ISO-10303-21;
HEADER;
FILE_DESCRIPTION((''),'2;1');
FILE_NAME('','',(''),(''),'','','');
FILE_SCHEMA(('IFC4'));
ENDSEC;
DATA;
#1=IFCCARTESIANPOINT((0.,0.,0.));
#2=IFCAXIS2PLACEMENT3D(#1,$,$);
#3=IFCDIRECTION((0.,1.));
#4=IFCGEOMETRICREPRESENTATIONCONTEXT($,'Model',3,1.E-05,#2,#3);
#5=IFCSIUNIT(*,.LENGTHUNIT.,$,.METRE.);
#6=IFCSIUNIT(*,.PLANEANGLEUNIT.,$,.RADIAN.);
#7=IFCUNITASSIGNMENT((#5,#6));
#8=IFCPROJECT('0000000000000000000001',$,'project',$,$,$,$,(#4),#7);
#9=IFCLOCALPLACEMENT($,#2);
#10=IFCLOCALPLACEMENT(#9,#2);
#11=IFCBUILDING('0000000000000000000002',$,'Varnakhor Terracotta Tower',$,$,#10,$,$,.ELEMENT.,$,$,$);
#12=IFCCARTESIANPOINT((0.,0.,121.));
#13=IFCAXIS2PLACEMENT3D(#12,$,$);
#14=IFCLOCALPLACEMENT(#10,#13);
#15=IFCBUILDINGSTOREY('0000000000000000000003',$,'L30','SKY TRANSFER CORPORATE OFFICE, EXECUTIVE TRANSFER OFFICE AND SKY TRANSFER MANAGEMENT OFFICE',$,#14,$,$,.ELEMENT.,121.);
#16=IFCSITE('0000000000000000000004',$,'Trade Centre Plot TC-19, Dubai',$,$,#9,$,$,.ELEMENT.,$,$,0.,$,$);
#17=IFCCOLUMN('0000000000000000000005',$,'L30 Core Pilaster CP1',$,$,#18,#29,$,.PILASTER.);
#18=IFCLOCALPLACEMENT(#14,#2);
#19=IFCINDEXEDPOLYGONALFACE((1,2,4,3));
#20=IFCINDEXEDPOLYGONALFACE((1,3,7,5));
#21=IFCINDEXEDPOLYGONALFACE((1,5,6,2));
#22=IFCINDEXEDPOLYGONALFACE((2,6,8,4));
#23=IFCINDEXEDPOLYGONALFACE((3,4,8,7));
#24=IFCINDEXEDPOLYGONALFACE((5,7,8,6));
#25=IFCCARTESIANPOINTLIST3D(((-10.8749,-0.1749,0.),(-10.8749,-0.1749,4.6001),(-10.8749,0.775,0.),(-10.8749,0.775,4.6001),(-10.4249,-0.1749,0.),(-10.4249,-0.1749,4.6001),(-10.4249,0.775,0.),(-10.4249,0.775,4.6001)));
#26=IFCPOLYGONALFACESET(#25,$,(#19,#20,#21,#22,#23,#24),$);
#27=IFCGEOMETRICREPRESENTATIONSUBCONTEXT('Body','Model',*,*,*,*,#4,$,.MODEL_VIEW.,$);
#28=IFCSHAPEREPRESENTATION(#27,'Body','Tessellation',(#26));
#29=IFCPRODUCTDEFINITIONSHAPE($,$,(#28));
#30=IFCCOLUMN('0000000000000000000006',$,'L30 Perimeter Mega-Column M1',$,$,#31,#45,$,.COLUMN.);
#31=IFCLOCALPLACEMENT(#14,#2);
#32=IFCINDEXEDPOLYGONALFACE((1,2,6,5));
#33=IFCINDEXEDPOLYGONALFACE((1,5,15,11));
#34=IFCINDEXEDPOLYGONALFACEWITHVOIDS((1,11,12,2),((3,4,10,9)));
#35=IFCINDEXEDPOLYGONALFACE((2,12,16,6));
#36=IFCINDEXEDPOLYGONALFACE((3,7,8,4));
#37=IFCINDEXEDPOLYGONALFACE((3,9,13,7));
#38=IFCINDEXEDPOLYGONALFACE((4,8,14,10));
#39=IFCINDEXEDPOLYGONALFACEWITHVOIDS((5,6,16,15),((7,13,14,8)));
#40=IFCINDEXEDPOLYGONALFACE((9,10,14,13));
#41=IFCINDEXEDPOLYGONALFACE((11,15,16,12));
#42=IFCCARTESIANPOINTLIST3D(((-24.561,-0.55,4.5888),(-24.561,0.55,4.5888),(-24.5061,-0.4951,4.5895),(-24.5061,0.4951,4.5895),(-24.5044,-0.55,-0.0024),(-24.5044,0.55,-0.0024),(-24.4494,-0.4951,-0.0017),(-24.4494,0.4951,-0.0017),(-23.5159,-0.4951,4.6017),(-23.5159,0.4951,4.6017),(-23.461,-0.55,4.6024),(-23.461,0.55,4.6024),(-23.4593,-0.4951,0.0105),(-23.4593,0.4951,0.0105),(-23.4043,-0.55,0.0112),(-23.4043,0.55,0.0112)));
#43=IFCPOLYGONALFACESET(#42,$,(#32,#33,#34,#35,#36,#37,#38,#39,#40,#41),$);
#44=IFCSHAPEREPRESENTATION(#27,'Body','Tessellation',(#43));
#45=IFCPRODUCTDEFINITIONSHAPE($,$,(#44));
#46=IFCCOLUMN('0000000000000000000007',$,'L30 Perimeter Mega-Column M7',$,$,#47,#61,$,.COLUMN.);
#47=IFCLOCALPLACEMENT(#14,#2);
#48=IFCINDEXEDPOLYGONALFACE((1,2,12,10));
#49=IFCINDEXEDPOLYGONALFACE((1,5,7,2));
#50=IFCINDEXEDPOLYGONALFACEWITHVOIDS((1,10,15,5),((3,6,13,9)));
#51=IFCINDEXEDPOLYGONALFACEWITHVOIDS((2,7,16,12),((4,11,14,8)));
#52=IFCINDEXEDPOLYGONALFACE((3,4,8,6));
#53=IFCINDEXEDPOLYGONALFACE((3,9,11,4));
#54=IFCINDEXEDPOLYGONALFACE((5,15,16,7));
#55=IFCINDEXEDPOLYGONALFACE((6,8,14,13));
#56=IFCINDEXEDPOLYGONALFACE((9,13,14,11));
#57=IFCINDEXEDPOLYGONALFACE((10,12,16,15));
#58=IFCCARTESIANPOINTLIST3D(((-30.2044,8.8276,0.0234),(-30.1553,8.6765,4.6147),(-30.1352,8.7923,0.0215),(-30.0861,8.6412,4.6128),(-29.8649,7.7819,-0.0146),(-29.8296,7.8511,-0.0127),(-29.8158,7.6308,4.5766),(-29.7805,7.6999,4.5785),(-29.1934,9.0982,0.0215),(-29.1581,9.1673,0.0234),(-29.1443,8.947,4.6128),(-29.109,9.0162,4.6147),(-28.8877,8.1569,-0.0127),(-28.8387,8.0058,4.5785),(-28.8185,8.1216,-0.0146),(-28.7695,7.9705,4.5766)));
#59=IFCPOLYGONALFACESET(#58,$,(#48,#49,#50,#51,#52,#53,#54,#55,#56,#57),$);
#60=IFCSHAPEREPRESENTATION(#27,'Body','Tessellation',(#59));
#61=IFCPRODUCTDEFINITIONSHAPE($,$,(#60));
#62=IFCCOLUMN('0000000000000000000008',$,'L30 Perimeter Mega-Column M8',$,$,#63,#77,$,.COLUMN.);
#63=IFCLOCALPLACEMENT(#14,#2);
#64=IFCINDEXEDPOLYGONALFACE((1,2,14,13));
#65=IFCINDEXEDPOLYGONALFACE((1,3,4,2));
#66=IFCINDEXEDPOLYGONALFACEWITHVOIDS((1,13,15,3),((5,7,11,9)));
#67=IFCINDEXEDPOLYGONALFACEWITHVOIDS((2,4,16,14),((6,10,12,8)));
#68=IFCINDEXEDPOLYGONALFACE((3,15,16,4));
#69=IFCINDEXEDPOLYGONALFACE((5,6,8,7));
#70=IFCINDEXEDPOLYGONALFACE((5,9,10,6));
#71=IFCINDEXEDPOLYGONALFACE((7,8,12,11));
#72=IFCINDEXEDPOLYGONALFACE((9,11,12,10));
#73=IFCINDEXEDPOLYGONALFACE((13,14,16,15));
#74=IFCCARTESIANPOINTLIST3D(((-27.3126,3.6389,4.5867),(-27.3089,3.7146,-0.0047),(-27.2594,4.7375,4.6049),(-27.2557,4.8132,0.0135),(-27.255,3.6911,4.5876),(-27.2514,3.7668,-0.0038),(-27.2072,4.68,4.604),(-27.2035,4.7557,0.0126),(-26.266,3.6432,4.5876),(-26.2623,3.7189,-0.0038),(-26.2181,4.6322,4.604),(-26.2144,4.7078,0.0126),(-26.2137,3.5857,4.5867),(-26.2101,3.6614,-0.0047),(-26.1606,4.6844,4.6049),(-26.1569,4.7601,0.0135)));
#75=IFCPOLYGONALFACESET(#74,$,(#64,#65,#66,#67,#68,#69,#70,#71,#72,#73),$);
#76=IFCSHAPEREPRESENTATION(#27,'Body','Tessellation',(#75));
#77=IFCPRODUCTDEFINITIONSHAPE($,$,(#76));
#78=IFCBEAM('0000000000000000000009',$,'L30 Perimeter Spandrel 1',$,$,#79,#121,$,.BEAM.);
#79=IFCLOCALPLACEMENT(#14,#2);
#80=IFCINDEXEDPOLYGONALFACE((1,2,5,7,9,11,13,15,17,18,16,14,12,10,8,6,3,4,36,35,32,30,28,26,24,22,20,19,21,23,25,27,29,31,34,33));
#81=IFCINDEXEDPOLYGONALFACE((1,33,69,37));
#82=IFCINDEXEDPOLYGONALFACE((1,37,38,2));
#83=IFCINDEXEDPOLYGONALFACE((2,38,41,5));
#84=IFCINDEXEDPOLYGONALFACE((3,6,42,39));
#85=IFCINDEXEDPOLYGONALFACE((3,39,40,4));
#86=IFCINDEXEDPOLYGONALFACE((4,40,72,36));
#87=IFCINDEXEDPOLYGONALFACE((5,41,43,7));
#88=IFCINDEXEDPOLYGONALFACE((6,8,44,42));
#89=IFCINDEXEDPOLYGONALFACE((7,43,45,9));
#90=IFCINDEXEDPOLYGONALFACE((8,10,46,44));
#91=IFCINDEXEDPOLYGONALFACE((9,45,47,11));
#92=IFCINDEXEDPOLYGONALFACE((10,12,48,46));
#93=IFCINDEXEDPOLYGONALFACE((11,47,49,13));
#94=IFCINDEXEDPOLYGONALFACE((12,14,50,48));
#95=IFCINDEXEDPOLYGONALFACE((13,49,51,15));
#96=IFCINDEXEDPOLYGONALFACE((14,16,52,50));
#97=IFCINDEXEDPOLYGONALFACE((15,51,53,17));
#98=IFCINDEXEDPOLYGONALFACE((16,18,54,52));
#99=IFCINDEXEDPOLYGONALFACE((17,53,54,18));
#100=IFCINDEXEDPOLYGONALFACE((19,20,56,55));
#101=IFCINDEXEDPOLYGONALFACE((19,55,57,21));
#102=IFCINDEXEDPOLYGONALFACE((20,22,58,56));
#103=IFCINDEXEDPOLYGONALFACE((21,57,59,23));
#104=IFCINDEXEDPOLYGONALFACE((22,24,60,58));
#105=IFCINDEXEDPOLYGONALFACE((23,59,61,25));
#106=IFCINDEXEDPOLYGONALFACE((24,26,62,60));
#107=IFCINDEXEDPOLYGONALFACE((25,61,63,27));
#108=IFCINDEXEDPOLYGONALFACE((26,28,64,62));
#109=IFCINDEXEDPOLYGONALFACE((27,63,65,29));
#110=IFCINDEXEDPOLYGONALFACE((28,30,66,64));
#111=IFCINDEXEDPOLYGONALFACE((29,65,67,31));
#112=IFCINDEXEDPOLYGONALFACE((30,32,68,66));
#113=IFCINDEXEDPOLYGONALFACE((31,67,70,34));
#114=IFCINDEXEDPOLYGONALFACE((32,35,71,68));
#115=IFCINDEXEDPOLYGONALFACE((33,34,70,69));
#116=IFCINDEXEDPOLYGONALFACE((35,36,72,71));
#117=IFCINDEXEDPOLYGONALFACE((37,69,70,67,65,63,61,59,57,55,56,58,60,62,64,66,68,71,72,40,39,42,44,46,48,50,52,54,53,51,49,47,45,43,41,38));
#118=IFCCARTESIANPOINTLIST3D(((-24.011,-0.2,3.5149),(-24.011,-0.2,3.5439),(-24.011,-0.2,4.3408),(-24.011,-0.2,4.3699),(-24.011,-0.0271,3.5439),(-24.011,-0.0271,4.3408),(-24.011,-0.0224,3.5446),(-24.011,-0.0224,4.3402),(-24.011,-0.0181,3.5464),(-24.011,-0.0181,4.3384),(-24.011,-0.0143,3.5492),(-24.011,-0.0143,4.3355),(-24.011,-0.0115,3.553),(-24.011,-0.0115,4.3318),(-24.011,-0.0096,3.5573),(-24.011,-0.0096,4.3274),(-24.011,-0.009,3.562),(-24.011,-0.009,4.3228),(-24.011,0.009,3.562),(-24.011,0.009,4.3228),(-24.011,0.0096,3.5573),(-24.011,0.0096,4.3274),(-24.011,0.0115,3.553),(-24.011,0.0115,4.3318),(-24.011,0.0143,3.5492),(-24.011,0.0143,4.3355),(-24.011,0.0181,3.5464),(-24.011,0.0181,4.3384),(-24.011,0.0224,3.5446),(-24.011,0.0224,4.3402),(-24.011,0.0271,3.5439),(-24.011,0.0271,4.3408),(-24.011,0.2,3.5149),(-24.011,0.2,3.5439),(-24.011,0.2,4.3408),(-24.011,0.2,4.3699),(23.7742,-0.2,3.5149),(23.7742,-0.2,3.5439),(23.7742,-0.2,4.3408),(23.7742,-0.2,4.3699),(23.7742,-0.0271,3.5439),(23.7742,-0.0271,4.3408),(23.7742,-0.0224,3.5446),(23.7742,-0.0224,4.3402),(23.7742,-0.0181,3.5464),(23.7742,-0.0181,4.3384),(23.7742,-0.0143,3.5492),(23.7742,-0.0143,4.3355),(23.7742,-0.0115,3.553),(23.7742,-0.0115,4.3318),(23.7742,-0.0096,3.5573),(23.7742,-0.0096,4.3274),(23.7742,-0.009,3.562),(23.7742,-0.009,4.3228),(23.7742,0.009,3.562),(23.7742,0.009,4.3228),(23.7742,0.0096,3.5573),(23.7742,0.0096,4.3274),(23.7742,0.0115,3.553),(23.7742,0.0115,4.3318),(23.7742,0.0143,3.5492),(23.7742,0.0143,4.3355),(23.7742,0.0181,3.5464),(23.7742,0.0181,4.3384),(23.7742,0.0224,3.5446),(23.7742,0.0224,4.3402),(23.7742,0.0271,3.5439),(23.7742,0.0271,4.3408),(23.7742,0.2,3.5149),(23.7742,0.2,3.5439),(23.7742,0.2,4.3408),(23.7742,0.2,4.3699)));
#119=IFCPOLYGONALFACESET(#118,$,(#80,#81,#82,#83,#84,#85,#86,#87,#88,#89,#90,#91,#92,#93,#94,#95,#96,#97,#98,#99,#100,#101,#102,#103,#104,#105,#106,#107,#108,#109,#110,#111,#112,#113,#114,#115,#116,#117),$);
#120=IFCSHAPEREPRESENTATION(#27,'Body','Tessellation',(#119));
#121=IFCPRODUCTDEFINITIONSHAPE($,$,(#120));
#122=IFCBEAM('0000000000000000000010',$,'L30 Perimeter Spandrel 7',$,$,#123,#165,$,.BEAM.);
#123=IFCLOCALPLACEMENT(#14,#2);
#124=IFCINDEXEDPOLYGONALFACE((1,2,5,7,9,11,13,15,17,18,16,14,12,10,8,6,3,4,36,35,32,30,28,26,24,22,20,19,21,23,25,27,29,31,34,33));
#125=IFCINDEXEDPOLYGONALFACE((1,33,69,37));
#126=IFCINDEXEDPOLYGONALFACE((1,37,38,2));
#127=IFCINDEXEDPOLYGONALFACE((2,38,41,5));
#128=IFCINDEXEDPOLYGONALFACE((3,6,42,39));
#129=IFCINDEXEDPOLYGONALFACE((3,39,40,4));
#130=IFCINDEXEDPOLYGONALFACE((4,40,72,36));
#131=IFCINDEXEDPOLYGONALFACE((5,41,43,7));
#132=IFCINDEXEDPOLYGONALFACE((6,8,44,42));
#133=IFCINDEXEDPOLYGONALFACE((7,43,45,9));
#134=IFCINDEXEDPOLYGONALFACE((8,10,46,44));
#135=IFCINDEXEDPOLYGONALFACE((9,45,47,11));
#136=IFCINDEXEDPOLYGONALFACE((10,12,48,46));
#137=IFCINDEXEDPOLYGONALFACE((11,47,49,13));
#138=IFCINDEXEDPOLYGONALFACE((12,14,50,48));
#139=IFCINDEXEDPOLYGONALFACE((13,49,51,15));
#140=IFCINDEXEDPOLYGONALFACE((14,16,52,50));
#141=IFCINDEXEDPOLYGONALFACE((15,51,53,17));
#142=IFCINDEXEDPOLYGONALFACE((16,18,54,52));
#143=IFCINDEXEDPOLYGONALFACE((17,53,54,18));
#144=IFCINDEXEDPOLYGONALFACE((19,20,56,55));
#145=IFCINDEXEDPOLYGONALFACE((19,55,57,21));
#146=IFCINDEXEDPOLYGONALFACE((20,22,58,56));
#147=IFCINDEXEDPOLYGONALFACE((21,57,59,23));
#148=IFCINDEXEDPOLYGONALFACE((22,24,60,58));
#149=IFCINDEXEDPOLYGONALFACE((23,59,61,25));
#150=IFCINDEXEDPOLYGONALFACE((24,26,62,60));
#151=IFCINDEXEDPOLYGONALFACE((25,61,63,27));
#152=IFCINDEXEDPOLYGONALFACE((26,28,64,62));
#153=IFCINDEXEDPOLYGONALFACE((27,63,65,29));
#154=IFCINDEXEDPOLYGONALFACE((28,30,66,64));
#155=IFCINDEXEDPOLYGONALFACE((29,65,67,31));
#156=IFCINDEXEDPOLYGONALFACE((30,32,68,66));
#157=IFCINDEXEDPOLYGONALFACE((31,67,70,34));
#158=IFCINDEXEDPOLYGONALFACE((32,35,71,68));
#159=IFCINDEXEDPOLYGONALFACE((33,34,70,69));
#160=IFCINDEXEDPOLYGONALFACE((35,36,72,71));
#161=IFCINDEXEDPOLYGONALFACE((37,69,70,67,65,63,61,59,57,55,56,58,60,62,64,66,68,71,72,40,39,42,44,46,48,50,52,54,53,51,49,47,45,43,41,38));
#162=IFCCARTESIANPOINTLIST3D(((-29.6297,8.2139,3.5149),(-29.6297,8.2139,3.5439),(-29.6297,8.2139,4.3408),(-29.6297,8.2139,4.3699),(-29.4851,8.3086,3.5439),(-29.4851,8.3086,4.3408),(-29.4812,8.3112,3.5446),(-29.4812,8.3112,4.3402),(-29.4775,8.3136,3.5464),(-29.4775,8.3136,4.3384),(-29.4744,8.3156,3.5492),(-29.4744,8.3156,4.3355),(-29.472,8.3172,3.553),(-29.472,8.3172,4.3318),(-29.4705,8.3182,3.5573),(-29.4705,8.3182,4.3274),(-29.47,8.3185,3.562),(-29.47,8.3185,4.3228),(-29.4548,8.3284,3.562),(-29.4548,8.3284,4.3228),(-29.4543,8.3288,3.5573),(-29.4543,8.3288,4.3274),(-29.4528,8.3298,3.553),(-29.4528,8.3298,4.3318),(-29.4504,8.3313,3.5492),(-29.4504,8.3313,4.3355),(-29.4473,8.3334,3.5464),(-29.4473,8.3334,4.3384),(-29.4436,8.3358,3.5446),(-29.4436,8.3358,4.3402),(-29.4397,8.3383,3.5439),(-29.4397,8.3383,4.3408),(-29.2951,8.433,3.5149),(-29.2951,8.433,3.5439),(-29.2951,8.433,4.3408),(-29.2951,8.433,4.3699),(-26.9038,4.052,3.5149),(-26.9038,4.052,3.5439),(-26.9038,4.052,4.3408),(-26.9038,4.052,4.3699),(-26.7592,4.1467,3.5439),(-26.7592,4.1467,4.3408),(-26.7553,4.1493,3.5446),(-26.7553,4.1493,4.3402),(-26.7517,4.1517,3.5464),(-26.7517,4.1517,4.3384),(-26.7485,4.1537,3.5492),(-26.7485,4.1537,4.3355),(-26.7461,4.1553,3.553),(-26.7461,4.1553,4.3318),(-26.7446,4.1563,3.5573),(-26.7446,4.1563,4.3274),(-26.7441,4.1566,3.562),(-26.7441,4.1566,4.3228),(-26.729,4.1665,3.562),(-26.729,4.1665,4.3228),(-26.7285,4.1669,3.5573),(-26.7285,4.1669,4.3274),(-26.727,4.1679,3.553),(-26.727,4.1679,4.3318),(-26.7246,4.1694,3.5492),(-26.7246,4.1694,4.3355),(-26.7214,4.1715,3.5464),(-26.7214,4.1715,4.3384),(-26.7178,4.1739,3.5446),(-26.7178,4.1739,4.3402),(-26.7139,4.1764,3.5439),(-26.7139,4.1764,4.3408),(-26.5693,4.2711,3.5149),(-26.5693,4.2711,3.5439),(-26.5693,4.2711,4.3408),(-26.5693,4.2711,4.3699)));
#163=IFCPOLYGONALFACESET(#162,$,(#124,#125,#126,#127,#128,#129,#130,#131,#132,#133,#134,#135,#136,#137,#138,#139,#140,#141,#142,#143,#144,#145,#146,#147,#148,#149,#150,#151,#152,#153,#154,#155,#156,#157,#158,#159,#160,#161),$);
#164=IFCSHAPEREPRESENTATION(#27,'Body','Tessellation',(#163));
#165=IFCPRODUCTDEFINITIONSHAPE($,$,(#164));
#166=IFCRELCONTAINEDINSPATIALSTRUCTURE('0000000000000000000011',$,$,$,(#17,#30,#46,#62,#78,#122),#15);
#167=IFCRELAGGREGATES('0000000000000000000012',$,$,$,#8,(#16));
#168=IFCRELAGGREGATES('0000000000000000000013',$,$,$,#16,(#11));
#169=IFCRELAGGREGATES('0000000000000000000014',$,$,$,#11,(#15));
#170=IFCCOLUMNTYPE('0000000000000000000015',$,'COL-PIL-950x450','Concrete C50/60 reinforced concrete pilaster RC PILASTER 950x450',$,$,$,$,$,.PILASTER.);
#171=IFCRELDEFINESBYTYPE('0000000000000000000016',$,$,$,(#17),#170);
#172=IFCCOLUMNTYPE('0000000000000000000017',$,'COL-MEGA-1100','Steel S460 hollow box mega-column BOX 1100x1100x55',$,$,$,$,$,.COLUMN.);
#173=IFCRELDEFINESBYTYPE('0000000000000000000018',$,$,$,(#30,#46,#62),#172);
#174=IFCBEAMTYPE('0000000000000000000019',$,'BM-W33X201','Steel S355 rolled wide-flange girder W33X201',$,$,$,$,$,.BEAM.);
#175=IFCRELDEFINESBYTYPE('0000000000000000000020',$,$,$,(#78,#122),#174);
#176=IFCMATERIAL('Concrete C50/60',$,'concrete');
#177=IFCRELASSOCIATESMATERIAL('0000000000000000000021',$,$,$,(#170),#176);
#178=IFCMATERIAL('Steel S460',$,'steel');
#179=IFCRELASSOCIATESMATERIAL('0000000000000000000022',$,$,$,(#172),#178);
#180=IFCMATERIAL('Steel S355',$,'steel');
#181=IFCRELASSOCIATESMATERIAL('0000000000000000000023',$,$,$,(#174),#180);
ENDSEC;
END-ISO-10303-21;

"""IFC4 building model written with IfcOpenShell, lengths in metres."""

from ifc_helpers import new_model, si_unit, direction, frame, origin, origin_2d, place, context, subcontext, project, spatial, rectangle, hollow_rectangle, i_section, extrude, source, transform, mapped, material, material_profile, profile_set, type_object, type_shapes, element, save


model = new_model("IFC4")

# Units and contexts
model_context = context("Model", 3, precision=1e-05, world=origin(), true_north=direction((0.0, 1.0)))
body_context = subcontext(model_context, "Body", "Model", "MODEL_VIEW")
ifc_project = project(units=[si_unit("LENGTHUNIT", "METRE"), si_unit("PLANEANGLEUNIT", "RADIAN")], contexts=[model_context])

# Site, building, storey
site_placement = place(None, origin())
site = spatial("IfcSite", under=ifc_project, at=site_placement, Name="Trade Centre Plot TC-19, Dubai", CompositionType="ELEMENT", RefElevation=0.0)
building_placement = place(site_placement, origin())
building = spatial("IfcBuilding", under=site, at=building_placement, Name="Varnakhor Terracotta Tower", CompositionType="ELEMENT")
storey_placement = place(building_placement, frame((0.0, 0.0, 121.0)))
storey = spatial("IfcBuildingStorey", under=building, at=storey_placement, Name="L30", Description="SKY TRANSFER CORPORATE OFFICE, EXECUTIVE TRANSFER OFFICE AND SKY TRANSFER MANAGEMENT OFFICE", CompositionType="ELEMENT", Elevation=121.0)

# Columns
ifc_material_1 = material(Name="Concrete C50/60", Category="concrete")
ifc_material_profile_1 = material_profile(ifc_material_1, rectangle(XDim=0.45, YDim=0.95, at=origin_2d()), Name="RC PILASTER 950x450")
ifc_profile_set_1 = profile_set([ifc_material_profile_1], Name="Concrete C50/60")
column_type_1 = type_object("IfcColumnType", Name="COL-PIL-950x450", Description="Concrete C50/60 reinforced concrete pilaster RC PILASTER 950x450", PredefinedType="PILASTER", material=ifc_profile_set_1)
shared_shape_1 = source(origin(), body_context, "Body", "SweptSolid", [
    extrude(rectangle(XDim=0.45, YDim=0.95, at=origin_2d()), origin(), (0.0, 0.0, 1.0), 4.6001),
])
column_1_placement = place(storey_placement, frame((-10.6499, 0.3, 0.0), z_axis=(0.0, 0.0, 1.0), x_axis=(1.0, 0.0, 0.0)))
element("IfcColumn", 1, at=column_1_placement, inside=storey, type_object=column_type_1, Name="L30 Core Pilaster CP1", PredefinedType="PILASTER", context=body_context, shape_type="MappedRepresentation", body=[
    mapped(shared_shape_1, transform((0.0, 0.0, 0.0), scale=1.0)),
])
ifc_material_2 = material(Name="Steel S460", Category="steel")
ifc_material_profile_2 = material_profile(ifc_material_2, hollow_rectangle(XDim=1.1001, YDim=1.1001, WallThickness=0.0549, at=origin_2d()), Name="BOX 1100x1100x55")
ifc_profile_set_2 = profile_set([ifc_material_profile_2], Name="Steel S460")
column_type_2 = type_object("IfcColumnType", Name="COL-MEGA-1100", Description="Steel S460 hollow box mega-column BOX 1100x1100x55", PredefinedType="COLUMN", material=ifc_profile_set_2)
shared_shape_2 = source(origin(), body_context, "Body", "SweptSolid", [
    extrude(hollow_rectangle(XDim=1.1001, YDim=1.1001, WallThickness=0.0549, at=origin_2d()), origin(), (0.0, 0.0, 1.0), 4.5916),
])
type_shapes(column_type_2, [shared_shape_2])
column_2_placement = place(storey_placement, frame((-23.9543, 0.0, 0.0044), z_axis=(-0.012336, 0.0, 0.999924), x_axis=(0.0, -1.0, 0.0)))
element("IfcColumn", 2, at=column_2_placement, inside=storey, type_object=column_type_2, Name="L30 Perimeter Mega-Column M1", PredefinedType="COLUMN", context=body_context, shape_type="MappedRepresentation", body=[
    mapped(shared_shape_2, transform((0.0, 0.0, 0.0), scale=1.0)),
])
shared_shape_3 = source(origin(), body_context, "Body", "SweptSolid", [
    extrude(hollow_rectangle(XDim=1.1001, YDim=1.1001, WallThickness=0.0549, at=origin_2d()), origin(), (0.0, 0.0, 1.0), 4.594),
])
column_3_placement = place(storey_placement, frame((-29.5115, 8.4746, 0.0044), z_axis=(0.010682, -0.032895, 0.999402), x_axis=(0.951113, 0.308843, 0.0)))
element("IfcColumn", 3, at=column_3_placement, inside=storey, type_object=column_type_2, Name="L30 Perimeter Mega-Column M7", PredefinedType="COLUMN", context=body_context, shape_type="MappedRepresentation", body=[
    mapped(shared_shape_3, transform((0.0, 0.0, 0.0), scale=1.0)),
])
shared_shape_4 = source(origin(), body_context, "Body", "SweptSolid", [
    extrude(hollow_rectangle(XDim=1.1001, YDim=1.1001, WallThickness=0.0549, at=origin_2d()), origin(), (0.0, 0.0, 1.0), 4.592),
])
column_4_placement = place(storey_placement, frame((-26.7329, 4.2373, 0.0044), z_axis=(-0.000798, -0.016482, 0.999864), x_axis=(0.998831, -0.048331, 0.0)))
element("IfcColumn", 4, at=column_4_placement, inside=storey, type_object=column_type_2, Name="L30 Perimeter Mega-Column M8", PredefinedType="COLUMN", context=body_context, shape_type="MappedRepresentation", body=[
    mapped(shared_shape_4, transform((0.0, 0.0, 0.0), scale=1.0)),
])

# Beams
ifc_material_3 = material(Name="Steel S355", Category="steel")
ifc_material_profile_3 = material_profile(ifc_material_3, i_section(OverallWidth=0.3999, OverallDepth=0.855, WebThickness=0.0181, FlangeThickness=0.0291, FilletRadius=0.0181, at=origin_2d()), Name="W33X201")
ifc_profile_set_3 = profile_set([ifc_material_profile_3], Name="Steel S355")
beam_type_1 = type_object("IfcBeamType", Name="BM-W33X201", Description="Steel S355 rolled wide-flange girder W33X201", PredefinedType="BEAM", material=ifc_profile_set_3)
shared_shape_5 = source(origin(), body_context, "Body", "SweptSolid", [
    extrude(i_section(OverallWidth=0.3999, OverallDepth=0.855, WebThickness=0.0181, FlangeThickness=0.0291, FilletRadius=0.0181, at=origin_2d()), origin(), (0.0, 0.0, 1.0), 47.7852),
])
type_shapes(beam_type_1, [shared_shape_5])
beam_1_placement = place(storey_placement, frame((-24.011, 0.0, 3.9424), z_axis=(1.0, 0.0, 0.0), x_axis=(0.0, 1.0, 0.0)))
element("IfcBeam", 5, at=beam_1_placement, inside=storey, type_object=beam_type_1, Name="L30 Perimeter Spandrel 1", PredefinedType="BEAM", context=body_context, shape_type="MappedRepresentation", body=[
    mapped(shared_shape_5, transform((0.0, 0.0, 0.0), scale=1.0)),
])
shared_shape_6 = source(origin(), body_context, "Body", "SweptSolid", [
    extrude(i_section(OverallWidth=0.3999, OverallDepth=0.855, WebThickness=0.0181, FlangeThickness=0.0291, FilletRadius=0.0181, at=origin_2d()), origin(), (0.0, 0.0, 1.0), 4.9751),
])
beam_2_placement = place(storey_placement, frame((-29.4624, 8.3235, 3.9424), z_axis=(0.547898, -0.836545, 0.0), x_axis=(0.836545, 0.547898, 0.0)))
element("IfcBeam", 6, at=beam_2_placement, inside=storey, type_object=beam_type_1, Name="L30 Perimeter Spandrel 7", PredefinedType="BEAM", context=body_context, shape_type="MappedRepresentation", body=[
    mapped(shared_shape_6, transform((0.0, 0.0, 0.0), scale=1.0)),
])

save(model, "model.ifc")
